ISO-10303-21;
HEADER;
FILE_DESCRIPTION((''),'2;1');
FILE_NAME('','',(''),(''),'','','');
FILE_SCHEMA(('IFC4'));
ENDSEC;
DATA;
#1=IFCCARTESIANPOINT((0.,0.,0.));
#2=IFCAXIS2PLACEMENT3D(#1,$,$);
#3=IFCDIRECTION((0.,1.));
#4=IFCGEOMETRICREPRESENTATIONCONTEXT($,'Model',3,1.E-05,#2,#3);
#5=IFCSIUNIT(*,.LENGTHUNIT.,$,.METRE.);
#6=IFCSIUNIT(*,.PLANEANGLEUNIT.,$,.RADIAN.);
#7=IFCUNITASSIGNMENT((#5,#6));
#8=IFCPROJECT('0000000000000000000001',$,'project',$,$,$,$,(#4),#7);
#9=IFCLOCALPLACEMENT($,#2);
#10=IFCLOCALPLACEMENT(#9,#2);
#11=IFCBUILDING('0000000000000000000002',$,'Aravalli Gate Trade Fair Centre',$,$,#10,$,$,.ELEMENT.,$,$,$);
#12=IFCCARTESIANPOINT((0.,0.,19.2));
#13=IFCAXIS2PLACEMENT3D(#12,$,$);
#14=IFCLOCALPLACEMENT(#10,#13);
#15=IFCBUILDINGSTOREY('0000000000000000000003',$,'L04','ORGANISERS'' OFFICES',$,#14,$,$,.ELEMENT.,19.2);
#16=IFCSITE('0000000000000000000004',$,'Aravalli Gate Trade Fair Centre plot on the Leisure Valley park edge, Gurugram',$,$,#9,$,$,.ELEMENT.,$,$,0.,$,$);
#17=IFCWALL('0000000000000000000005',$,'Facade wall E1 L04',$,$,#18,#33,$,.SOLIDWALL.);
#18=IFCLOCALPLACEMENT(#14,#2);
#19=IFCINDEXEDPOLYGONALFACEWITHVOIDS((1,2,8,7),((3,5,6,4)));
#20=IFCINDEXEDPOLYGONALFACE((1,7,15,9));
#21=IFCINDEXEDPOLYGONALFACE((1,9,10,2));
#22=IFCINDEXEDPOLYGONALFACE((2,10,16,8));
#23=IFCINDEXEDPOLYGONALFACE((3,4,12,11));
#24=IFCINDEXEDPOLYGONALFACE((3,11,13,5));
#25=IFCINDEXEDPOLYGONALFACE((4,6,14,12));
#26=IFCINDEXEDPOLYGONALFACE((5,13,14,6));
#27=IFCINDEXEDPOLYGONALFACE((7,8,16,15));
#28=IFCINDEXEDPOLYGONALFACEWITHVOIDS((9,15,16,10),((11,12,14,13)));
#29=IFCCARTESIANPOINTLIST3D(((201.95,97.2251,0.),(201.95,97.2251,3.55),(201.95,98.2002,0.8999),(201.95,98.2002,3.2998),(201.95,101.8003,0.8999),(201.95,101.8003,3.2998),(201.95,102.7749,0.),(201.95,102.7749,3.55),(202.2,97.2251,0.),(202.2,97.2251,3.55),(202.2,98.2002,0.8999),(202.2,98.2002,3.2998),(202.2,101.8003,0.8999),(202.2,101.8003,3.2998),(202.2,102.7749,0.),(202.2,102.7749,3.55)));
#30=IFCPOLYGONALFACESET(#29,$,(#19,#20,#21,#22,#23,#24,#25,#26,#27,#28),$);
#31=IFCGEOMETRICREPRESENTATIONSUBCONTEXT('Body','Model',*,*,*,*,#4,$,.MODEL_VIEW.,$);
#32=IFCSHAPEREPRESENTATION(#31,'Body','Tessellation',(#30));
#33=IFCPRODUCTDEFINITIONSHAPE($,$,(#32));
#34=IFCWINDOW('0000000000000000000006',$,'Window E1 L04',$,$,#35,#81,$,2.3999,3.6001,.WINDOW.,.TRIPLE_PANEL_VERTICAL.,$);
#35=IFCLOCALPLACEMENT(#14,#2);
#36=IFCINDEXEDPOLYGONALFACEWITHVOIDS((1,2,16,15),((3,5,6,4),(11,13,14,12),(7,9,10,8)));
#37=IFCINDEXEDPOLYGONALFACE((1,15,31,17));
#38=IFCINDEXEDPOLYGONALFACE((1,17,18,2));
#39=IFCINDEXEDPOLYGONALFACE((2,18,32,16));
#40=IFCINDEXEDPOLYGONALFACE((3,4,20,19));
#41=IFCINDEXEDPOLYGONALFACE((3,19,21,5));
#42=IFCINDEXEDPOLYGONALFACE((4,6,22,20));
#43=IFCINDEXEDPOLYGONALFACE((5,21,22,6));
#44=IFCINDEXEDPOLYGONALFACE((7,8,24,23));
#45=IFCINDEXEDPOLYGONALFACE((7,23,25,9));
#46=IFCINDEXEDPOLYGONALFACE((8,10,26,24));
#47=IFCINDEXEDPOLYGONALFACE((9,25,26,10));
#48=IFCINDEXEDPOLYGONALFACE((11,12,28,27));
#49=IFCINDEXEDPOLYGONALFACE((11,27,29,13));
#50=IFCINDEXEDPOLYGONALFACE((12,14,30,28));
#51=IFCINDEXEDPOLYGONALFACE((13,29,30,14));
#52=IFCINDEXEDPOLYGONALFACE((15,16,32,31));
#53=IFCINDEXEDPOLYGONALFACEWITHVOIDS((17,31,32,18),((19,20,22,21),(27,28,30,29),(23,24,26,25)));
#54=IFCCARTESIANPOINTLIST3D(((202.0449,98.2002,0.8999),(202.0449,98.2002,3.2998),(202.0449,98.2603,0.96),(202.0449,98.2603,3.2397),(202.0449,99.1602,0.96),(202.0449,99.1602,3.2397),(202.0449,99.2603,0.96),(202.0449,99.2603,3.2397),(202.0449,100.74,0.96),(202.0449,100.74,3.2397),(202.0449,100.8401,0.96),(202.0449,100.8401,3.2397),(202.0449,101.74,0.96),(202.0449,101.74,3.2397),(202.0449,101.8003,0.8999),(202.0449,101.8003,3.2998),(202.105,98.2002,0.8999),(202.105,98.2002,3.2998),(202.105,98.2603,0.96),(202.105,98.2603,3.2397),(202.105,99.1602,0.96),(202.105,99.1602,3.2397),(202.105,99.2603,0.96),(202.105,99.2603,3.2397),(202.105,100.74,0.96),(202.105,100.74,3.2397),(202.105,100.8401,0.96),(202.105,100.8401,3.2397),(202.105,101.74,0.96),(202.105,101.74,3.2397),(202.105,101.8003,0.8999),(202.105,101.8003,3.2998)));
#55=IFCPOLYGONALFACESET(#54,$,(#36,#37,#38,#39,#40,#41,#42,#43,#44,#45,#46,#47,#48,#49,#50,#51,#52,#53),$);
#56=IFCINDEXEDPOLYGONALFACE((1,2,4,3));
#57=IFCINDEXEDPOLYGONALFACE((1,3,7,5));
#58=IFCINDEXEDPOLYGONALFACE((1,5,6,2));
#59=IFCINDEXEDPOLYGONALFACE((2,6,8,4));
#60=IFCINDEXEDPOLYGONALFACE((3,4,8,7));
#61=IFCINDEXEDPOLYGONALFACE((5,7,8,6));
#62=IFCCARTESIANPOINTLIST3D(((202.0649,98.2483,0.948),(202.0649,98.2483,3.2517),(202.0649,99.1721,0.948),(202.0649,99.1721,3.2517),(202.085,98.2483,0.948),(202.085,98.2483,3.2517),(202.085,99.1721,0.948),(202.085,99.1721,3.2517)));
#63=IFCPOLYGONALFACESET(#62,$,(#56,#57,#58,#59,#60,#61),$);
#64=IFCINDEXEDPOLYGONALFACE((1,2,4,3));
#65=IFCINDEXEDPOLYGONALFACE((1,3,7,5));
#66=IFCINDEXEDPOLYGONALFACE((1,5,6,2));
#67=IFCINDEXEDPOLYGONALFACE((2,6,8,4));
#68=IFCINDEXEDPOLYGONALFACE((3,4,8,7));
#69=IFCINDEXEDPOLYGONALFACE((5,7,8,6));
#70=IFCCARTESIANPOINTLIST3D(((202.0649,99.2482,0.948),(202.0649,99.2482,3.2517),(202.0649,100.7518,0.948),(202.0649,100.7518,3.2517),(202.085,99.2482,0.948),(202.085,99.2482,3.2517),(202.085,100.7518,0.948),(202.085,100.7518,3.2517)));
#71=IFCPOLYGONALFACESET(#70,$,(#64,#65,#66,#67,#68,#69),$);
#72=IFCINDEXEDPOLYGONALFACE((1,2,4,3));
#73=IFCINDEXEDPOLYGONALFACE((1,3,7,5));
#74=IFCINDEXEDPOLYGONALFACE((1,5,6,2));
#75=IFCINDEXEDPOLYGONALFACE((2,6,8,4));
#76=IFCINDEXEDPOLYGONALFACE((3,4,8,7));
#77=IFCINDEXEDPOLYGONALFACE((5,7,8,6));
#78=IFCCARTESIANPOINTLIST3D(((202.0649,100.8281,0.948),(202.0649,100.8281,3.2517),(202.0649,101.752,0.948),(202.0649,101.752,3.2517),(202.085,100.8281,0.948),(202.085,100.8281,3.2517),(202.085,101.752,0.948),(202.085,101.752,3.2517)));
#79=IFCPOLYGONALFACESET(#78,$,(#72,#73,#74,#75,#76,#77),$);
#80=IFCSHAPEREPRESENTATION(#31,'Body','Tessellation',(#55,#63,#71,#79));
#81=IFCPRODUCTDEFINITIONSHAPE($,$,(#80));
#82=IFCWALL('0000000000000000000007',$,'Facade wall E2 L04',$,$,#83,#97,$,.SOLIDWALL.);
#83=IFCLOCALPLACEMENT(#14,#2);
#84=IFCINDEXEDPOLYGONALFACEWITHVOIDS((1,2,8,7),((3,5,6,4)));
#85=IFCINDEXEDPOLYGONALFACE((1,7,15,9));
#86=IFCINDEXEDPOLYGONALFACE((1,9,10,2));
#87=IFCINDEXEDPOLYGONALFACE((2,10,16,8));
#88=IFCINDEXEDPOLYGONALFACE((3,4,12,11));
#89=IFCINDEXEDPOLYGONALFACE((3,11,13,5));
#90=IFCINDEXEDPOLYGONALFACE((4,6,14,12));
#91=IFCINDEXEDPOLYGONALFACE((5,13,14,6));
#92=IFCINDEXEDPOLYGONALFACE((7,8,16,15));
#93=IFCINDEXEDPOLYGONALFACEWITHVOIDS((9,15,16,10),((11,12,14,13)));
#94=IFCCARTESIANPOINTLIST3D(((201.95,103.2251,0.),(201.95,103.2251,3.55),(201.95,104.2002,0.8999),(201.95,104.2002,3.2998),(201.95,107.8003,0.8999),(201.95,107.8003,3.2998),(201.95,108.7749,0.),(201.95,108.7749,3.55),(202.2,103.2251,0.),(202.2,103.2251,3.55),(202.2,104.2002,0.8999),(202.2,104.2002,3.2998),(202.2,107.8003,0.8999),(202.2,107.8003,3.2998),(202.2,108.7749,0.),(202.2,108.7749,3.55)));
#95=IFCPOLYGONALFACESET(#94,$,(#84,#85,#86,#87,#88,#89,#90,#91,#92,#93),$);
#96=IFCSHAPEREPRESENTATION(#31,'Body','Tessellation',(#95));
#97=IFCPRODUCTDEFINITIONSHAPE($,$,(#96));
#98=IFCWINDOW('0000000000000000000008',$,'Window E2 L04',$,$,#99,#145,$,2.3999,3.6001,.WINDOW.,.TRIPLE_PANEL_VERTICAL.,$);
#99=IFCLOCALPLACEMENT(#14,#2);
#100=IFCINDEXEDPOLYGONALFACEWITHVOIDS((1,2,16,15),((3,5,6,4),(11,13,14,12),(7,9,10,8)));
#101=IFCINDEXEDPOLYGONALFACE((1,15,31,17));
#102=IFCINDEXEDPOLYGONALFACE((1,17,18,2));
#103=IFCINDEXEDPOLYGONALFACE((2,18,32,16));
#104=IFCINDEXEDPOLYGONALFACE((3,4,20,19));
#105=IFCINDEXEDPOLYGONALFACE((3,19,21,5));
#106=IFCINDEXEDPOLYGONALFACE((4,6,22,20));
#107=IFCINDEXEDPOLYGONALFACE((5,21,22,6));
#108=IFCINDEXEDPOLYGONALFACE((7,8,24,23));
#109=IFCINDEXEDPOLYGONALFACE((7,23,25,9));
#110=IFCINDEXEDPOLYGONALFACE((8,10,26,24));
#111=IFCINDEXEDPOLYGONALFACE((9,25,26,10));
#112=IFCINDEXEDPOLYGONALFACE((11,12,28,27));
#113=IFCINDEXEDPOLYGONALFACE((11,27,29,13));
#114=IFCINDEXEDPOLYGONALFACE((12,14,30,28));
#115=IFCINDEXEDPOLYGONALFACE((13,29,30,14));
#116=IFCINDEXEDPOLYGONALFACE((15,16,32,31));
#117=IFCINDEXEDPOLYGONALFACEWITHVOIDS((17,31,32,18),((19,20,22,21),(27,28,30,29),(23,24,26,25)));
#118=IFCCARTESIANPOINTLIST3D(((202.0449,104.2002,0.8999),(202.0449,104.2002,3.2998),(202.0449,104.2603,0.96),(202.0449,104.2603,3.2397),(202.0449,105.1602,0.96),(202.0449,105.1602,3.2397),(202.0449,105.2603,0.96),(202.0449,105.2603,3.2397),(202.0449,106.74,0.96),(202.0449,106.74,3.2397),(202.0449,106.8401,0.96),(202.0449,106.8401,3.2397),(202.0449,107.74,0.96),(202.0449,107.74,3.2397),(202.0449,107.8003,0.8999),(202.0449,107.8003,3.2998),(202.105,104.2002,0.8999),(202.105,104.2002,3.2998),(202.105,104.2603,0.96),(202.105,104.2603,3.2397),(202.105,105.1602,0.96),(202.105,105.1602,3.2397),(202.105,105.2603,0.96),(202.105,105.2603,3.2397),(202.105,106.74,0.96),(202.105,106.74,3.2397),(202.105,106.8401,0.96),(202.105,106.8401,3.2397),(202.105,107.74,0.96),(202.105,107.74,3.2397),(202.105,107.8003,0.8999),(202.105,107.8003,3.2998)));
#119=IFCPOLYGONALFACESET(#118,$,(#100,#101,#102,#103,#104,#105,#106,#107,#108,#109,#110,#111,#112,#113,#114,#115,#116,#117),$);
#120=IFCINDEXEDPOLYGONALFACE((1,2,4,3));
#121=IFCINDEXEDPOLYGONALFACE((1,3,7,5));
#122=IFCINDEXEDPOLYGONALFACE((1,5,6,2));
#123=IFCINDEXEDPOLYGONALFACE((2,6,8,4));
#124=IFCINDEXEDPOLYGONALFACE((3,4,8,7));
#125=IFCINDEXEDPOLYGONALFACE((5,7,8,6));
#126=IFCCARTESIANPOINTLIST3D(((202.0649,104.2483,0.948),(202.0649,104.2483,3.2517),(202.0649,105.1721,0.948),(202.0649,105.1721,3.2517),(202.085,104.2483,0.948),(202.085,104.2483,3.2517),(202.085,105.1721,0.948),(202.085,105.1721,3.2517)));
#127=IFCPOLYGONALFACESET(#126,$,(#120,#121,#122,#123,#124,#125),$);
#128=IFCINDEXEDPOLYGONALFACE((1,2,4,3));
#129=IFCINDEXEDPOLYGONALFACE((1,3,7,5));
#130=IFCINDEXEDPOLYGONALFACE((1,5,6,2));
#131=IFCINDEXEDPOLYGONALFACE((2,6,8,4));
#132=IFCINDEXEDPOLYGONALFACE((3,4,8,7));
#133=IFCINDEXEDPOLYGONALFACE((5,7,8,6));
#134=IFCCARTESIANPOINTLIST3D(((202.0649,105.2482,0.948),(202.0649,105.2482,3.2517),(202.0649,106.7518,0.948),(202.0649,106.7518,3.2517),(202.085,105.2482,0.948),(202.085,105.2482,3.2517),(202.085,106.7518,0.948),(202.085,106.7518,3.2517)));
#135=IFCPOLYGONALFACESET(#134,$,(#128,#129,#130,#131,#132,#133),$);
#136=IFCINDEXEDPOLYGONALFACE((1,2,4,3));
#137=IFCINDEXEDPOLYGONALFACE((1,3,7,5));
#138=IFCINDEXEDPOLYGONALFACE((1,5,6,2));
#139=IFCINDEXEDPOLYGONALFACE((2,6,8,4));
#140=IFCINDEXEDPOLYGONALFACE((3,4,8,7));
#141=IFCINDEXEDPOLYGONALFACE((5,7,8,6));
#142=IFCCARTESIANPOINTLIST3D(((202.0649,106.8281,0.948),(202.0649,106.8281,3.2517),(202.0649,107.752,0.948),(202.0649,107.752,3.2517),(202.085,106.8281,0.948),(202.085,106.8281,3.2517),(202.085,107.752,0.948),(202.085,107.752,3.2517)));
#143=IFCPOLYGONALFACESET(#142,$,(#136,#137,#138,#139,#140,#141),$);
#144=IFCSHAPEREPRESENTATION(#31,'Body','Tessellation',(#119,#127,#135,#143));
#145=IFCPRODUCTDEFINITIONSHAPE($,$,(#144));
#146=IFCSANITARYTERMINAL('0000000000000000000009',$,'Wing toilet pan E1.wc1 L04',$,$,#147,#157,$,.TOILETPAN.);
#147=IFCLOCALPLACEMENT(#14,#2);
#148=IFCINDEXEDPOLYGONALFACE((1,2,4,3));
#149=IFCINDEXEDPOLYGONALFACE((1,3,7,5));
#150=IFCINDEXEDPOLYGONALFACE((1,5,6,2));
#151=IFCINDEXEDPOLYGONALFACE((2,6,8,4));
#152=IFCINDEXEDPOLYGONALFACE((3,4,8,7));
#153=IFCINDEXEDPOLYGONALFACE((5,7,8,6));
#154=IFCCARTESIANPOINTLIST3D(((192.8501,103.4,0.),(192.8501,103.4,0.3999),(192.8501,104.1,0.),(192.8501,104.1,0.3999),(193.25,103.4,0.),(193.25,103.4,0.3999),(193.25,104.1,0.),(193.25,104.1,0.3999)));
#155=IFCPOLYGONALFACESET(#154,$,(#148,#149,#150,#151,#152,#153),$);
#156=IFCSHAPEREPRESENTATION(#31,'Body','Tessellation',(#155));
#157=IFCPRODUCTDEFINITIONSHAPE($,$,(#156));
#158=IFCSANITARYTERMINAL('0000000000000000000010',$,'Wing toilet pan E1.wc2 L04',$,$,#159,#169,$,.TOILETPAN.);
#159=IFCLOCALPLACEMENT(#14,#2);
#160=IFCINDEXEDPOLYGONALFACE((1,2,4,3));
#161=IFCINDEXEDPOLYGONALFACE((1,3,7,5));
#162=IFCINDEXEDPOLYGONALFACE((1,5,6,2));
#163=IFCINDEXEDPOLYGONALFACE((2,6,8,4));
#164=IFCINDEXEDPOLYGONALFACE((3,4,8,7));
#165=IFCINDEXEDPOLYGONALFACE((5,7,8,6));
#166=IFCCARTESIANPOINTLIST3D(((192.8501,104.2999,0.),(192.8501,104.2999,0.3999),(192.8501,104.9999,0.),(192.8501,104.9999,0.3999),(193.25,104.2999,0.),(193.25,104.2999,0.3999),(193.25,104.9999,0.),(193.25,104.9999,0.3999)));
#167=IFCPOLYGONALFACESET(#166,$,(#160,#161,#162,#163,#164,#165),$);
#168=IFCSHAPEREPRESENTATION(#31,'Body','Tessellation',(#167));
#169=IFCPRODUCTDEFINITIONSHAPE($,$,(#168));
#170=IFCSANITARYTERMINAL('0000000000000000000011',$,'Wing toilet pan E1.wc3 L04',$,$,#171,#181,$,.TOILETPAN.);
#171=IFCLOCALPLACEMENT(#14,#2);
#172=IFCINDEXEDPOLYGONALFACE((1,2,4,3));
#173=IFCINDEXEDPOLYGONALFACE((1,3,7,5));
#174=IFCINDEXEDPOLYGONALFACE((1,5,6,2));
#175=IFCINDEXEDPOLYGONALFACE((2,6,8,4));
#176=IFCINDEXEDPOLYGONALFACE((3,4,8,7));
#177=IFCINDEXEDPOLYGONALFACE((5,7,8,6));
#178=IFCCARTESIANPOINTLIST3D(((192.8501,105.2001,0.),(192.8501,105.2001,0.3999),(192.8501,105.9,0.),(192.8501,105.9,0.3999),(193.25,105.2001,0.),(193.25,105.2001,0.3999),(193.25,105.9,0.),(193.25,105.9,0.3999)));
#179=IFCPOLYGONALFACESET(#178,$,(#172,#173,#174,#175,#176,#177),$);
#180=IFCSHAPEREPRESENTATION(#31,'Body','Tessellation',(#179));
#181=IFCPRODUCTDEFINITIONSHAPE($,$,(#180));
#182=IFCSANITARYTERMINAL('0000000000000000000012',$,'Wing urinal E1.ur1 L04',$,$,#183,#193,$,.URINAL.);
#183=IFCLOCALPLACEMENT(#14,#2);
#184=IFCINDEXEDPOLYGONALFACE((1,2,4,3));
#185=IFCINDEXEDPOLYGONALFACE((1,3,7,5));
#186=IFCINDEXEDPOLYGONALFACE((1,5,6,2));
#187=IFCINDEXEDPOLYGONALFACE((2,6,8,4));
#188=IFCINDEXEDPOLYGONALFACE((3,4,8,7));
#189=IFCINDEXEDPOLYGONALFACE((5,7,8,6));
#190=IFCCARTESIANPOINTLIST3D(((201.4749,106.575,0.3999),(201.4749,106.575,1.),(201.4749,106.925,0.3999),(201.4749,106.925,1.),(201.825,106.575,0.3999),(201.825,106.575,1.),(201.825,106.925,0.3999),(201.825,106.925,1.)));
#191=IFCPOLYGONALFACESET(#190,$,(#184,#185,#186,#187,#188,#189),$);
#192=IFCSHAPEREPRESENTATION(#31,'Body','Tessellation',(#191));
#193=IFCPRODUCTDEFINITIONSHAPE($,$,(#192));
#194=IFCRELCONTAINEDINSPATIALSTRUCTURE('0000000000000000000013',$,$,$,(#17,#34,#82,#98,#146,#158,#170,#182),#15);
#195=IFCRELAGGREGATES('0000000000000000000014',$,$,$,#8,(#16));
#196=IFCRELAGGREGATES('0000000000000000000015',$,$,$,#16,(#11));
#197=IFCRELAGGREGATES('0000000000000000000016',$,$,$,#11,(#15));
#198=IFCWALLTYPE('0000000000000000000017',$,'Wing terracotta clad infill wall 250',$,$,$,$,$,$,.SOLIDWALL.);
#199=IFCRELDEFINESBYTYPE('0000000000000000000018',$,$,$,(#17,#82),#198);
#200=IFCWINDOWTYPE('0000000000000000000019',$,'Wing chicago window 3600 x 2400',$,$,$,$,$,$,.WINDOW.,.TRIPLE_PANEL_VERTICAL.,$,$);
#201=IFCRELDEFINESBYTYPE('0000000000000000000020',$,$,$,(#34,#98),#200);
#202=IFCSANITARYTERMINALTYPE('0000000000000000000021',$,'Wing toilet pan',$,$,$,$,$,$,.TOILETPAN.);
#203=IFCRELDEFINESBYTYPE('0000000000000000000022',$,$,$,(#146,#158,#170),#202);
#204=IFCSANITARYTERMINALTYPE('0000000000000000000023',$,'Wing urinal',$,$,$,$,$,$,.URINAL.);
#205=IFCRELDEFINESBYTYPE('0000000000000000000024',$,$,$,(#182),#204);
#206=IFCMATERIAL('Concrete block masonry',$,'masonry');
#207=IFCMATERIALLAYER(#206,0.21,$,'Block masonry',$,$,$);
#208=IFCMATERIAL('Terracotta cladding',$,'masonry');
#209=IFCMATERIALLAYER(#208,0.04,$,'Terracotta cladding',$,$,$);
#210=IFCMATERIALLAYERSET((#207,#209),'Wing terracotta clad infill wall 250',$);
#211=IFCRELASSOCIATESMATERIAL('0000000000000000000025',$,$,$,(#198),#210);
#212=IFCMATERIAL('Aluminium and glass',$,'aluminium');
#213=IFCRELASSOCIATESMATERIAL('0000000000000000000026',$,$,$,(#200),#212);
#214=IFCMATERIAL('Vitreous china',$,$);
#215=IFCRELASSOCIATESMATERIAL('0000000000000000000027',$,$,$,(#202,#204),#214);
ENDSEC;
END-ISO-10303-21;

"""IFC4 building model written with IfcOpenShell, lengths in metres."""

from ifc_helpers import new_model, si_unit, direction, frame, frame_2d, origin, origin_2d, place, context, subcontext, project, spatial, polyline, rectangle, outline, extrude, material, layer, layer_set, type_object, element, fill, save


model = new_model("IFC4")

# Units and contexts
model_context = context("Model", 3, precision=1e-05, world=origin(), true_north=direction((0.0, 1.0)))
body_context = subcontext(model_context, "Body", "Model", "MODEL_VIEW")
ifc_project = project(units=[si_unit("LENGTHUNIT", "METRE"), si_unit("PLANEANGLEUNIT", "RADIAN")], contexts=[model_context])

# Site, building, storey
site_placement = place(None, origin())
site = spatial("IfcSite", under=ifc_project, at=site_placement, Name="Aravalli Gate Trade Fair Centre plot on the Leisure Valley park edge, Gurugram", CompositionType="ELEMENT", RefElevation=0.0)
building_placement = place(site_placement, origin())
building = spatial("IfcBuilding", under=site, at=building_placement, Name="Aravalli Gate Trade Fair Centre", CompositionType="ELEMENT")
storey_placement = place(building_placement, frame((0.0, 0.0, 19.2)))
storey = spatial("IfcBuildingStorey", under=building, at=storey_placement, Name="L04", Description="ORGANISERS' OFFICES", CompositionType="ELEMENT", Elevation=19.2)

# Walls, openings, windows
ifc_material_1 = material(Name="Concrete block masonry", Category="masonry")
ifc_layer_1 = layer(ifc_material_1, 0.21, Name="Block masonry")
ifc_material_2 = material(Name="Terracotta cladding", Category="masonry")
ifc_layer_2 = layer(ifc_material_2, 0.04, Name="Terracotta cladding")
ifc_layer_set_1 = layer_set([ifc_layer_1, ifc_layer_2], Name="Wing terracotta clad infill wall 250")
wall_type_1 = type_object("IfcWallType", Name="Wing terracotta clad infill wall 250", PredefinedType="SOLIDWALL", material=ifc_layer_set_1)
wall_1_placement = place(storey_placement, frame((202.075, 97.2251, 0.0), z_axis=(0.0, 0.0, 1.0), x_axis=(0.0, 1.0, 0.0)))
wall_1 = element("IfcWall", 1, at=wall_1_placement, inside=storey, type_object=wall_type_1, Name="Facade wall E1 L04", PredefinedType="SOLIDWALL", context=body_context, shape_type="SweptSolid", body=[
    extrude(rectangle(XDim=5.5498, YDim=0.25, at=frame_2d((2.7749, 0.0))), origin(), (0.0, 0.0, 1.0), 3.55),
])
opening_1_placement = place(wall_1_placement, frame((0.9751, 0.0, 0.8999)))
opening_1 = element("IfcOpeningElement", 2, at=opening_1_placement, cuts=wall_1, PredefinedType="OPENING", context=body_context, shape_type="SweptSolid", body=[
    extrude(rectangle(XDim=3.6001, YDim=2.3999, at=frame_2d((1.8, 1.2))), frame((0.0, 0.135, 0.0), z_axis=(0.0, -1.0, 0.0), x_axis=(1.0, 0.0, 0.0)), (0.0, 0.0, 1.0), 0.27),
])
ifc_material_3 = material(Name="Aluminium and glass", Category="aluminium")
window_type = type_object("IfcWindowType", Name="Wing chicago window 3600 x 2400", PartitioningType="TRIPLE_PANEL_VERTICAL", PredefinedType="WINDOW", material=ifc_material_3)
window_1_placement = place(opening_1_placement, origin())
window_1 = element("IfcWindow", 3, at=window_1_placement, inside=storey, type_object=window_type, Name="Window E1 L04", OverallHeight=2.3999, OverallWidth=3.6001, PartitioningType="TRIPLE_PANEL_VERTICAL", PredefinedType="WINDOW", context=body_context, shape_type="SweptSolid", body=[
    extrude(outline(polyline([(0.0, 0.0), (3.6001, 0.0), (3.6001, 2.3999), (0.0, 2.3999), (0.0, 0.0)]), holes=[polyline([(0.0601, 0.0601), (0.96, 0.0601), (0.96, 2.3398), (0.0601, 2.3398), (0.0601, 0.0601)]), polyline([(1.0601, 0.0601), (2.5398, 0.0601), (2.5398, 2.3398), (1.0601, 2.3398), (1.0601, 0.0601)]), polyline([(2.6399, 0.0601), (3.5398, 0.0601), (3.5398, 2.3398), (2.6399, 2.3398), (2.6399, 0.0601)])]), frame((0.0, 0.03, 0.0), z_axis=(0.0, -1.0, 0.0), x_axis=(1.0, 0.0, 0.0)), (0.0, 0.0, 1.0), 0.0601),
    extrude(rectangle(XDim=0.9238, YDim=2.3037, at=frame_2d((0.51, 1.2))), frame((0.0, 0.01, 0.0), z_axis=(0.0, -1.0, 0.0), x_axis=(1.0, 0.0, 0.0)), (0.0, 0.0, 1.0), 0.02),
    extrude(rectangle(XDim=1.5037, YDim=2.3037, at=frame_2d((1.7998, 1.2))), frame((0.0, 0.01, 0.0), z_axis=(0.0, -1.0, 0.0), x_axis=(1.0, 0.0, 0.0)), (0.0, 0.0, 1.0), 0.02),
    extrude(rectangle(XDim=0.9238, YDim=2.3037, at=frame_2d((3.0898, 1.2))), frame((0.0, 0.01, 0.0), z_axis=(0.0, -1.0, 0.0), x_axis=(1.0, 0.0, 0.0)), (0.0, 0.0, 1.0), 0.02),
])
fill(opening_1, window_1)
wall_2_placement = place(storey_placement, frame((202.075, 103.2251, 0.0), z_axis=(0.0, 0.0, 1.0), x_axis=(0.0, 1.0, 0.0)))
wall_2 = element("IfcWall", 4, at=wall_2_placement, inside=storey, type_object=wall_type_1, Name="Facade wall E2 L04", PredefinedType="SOLIDWALL", context=body_context, shape_type="SweptSolid", body=[
    extrude(rectangle(XDim=5.5498, YDim=0.25, at=frame_2d((2.7749, 0.0))), origin(), (0.0, 0.0, 1.0), 3.55),
])
opening_2_placement = place(wall_2_placement, frame((0.9751, 0.0, 0.8999)))
opening_2 = element("IfcOpeningElement", 5, at=opening_2_placement, cuts=wall_2, PredefinedType="OPENING", context=body_context, shape_type="SweptSolid", body=[
    extrude(rectangle(XDim=3.6001, YDim=2.3999, at=frame_2d((1.8, 1.2))), frame((0.0, 0.135, 0.0), z_axis=(0.0, -1.0, 0.0), x_axis=(1.0, 0.0, 0.0)), (0.0, 0.0, 1.0), 0.27),
])
window_2_placement = place(opening_2_placement, origin())
window_2 = element("IfcWindow", 6, at=window_2_placement, inside=storey, type_object=window_type, Name="Window E2 L04", OverallHeight=2.3999, OverallWidth=3.6001, PartitioningType="TRIPLE_PANEL_VERTICAL", PredefinedType="WINDOW", context=body_context, shape_type="SweptSolid", body=[
    extrude(outline(polyline([(0.0, 0.0), (3.6001, 0.0), (3.6001, 2.3999), (0.0, 2.3999), (0.0, 0.0)]), holes=[polyline([(0.0601, 0.0601), (0.96, 0.0601), (0.96, 2.3398), (0.0601, 2.3398), (0.0601, 0.0601)]), polyline([(1.0601, 0.0601), (2.5398, 0.0601), (2.5398, 2.3398), (1.0601, 2.3398), (1.0601, 0.0601)]), polyline([(2.6399, 0.0601), (3.5398, 0.0601), (3.5398, 2.3398), (2.6399, 2.3398), (2.6399, 0.0601)])]), frame((0.0, 0.03, 0.0), z_axis=(0.0, -1.0, 0.0), x_axis=(1.0, 0.0, 0.0)), (0.0, 0.0, 1.0), 0.0601),
    extrude(rectangle(XDim=0.9238, YDim=2.3037, at=frame_2d((0.51, 1.2))), frame((0.0, 0.01, 0.0), z_axis=(0.0, -1.0, 0.0), x_axis=(1.0, 0.0, 0.0)), (0.0, 0.0, 1.0), 0.02),
    extrude(rectangle(XDim=1.5037, YDim=2.3037, at=frame_2d((1.7998, 1.2))), frame((0.0, 0.01, 0.0), z_axis=(0.0, -1.0, 0.0), x_axis=(1.0, 0.0, 0.0)), (0.0, 0.0, 1.0), 0.02),
    extrude(rectangle(XDim=0.9238, YDim=2.3037, at=frame_2d((3.0898, 1.2))), frame((0.0, 0.01, 0.0), z_axis=(0.0, -1.0, 0.0), x_axis=(1.0, 0.0, 0.0)), (0.0, 0.0, 1.0), 0.02),
])
fill(opening_2, window_2)

# Sanitary terminals
ifc_material_4 = material(Name="Vitreous china")
sanitary_terminal_type_1 = type_object("IfcSanitaryTerminalType", Name="Wing toilet pan", PredefinedType="TOILETPAN", material=ifc_material_4)
for number, where, z_axis, x_axis, name in (
    (7, (193.05, 103.75, 0.0), (0.0, 0.0, 1.0), (1.0, 0.0, 0.0), "Wing toilet pan E1.wc1 L04"),
    (8, (193.05, 104.6499, 0.0), (0.0, 0.0, 1.0), (1.0, 0.0, 0.0), "Wing toilet pan E1.wc2 L04"),
    (9, (193.05, 105.55, 0.0), (0.0, 0.0, 1.0), (1.0, 0.0, 0.0), "Wing toilet pan E1.wc3 L04"),
):
    element("IfcSanitaryTerminal", number, at=place(storey_placement, frame(where, z_axis=z_axis, x_axis=x_axis)), inside=storey, type_object=sanitary_terminal_type_1, Name=name, PredefinedType="TOILETPAN", context=body_context, shape_type="SweptSolid", body=[
        extrude(rectangle(XDim=0.3999, YDim=0.7, at=origin_2d()), origin(), (0.0, 0.0, 1.0), 0.3999),
    ])
sanitary_terminal_type_2 = type_object("IfcSanitaryTerminalType", Name="Wing urinal", PredefinedType="URINAL", material=ifc_material_4)
sanitary_terminal_placement = place(storey_placement, frame((201.6499, 106.75, 0.3999), z_axis=(0.0, 0.0, 1.0), x_axis=(1.0, 0.0, 0.0)))
element("IfcSanitaryTerminal", 10, at=sanitary_terminal_placement, inside=storey, type_object=sanitary_terminal_type_2, Name="Wing urinal E1.ur1 L04", PredefinedType="URINAL", context=body_context, shape_type="SweptSolid", body=[
    extrude(rectangle(XDim=0.3501, YDim=0.3501, at=origin_2d()), origin(), (0.0, 0.0, 1.0), 0.6001),
])

save(model, "model.ifc")
